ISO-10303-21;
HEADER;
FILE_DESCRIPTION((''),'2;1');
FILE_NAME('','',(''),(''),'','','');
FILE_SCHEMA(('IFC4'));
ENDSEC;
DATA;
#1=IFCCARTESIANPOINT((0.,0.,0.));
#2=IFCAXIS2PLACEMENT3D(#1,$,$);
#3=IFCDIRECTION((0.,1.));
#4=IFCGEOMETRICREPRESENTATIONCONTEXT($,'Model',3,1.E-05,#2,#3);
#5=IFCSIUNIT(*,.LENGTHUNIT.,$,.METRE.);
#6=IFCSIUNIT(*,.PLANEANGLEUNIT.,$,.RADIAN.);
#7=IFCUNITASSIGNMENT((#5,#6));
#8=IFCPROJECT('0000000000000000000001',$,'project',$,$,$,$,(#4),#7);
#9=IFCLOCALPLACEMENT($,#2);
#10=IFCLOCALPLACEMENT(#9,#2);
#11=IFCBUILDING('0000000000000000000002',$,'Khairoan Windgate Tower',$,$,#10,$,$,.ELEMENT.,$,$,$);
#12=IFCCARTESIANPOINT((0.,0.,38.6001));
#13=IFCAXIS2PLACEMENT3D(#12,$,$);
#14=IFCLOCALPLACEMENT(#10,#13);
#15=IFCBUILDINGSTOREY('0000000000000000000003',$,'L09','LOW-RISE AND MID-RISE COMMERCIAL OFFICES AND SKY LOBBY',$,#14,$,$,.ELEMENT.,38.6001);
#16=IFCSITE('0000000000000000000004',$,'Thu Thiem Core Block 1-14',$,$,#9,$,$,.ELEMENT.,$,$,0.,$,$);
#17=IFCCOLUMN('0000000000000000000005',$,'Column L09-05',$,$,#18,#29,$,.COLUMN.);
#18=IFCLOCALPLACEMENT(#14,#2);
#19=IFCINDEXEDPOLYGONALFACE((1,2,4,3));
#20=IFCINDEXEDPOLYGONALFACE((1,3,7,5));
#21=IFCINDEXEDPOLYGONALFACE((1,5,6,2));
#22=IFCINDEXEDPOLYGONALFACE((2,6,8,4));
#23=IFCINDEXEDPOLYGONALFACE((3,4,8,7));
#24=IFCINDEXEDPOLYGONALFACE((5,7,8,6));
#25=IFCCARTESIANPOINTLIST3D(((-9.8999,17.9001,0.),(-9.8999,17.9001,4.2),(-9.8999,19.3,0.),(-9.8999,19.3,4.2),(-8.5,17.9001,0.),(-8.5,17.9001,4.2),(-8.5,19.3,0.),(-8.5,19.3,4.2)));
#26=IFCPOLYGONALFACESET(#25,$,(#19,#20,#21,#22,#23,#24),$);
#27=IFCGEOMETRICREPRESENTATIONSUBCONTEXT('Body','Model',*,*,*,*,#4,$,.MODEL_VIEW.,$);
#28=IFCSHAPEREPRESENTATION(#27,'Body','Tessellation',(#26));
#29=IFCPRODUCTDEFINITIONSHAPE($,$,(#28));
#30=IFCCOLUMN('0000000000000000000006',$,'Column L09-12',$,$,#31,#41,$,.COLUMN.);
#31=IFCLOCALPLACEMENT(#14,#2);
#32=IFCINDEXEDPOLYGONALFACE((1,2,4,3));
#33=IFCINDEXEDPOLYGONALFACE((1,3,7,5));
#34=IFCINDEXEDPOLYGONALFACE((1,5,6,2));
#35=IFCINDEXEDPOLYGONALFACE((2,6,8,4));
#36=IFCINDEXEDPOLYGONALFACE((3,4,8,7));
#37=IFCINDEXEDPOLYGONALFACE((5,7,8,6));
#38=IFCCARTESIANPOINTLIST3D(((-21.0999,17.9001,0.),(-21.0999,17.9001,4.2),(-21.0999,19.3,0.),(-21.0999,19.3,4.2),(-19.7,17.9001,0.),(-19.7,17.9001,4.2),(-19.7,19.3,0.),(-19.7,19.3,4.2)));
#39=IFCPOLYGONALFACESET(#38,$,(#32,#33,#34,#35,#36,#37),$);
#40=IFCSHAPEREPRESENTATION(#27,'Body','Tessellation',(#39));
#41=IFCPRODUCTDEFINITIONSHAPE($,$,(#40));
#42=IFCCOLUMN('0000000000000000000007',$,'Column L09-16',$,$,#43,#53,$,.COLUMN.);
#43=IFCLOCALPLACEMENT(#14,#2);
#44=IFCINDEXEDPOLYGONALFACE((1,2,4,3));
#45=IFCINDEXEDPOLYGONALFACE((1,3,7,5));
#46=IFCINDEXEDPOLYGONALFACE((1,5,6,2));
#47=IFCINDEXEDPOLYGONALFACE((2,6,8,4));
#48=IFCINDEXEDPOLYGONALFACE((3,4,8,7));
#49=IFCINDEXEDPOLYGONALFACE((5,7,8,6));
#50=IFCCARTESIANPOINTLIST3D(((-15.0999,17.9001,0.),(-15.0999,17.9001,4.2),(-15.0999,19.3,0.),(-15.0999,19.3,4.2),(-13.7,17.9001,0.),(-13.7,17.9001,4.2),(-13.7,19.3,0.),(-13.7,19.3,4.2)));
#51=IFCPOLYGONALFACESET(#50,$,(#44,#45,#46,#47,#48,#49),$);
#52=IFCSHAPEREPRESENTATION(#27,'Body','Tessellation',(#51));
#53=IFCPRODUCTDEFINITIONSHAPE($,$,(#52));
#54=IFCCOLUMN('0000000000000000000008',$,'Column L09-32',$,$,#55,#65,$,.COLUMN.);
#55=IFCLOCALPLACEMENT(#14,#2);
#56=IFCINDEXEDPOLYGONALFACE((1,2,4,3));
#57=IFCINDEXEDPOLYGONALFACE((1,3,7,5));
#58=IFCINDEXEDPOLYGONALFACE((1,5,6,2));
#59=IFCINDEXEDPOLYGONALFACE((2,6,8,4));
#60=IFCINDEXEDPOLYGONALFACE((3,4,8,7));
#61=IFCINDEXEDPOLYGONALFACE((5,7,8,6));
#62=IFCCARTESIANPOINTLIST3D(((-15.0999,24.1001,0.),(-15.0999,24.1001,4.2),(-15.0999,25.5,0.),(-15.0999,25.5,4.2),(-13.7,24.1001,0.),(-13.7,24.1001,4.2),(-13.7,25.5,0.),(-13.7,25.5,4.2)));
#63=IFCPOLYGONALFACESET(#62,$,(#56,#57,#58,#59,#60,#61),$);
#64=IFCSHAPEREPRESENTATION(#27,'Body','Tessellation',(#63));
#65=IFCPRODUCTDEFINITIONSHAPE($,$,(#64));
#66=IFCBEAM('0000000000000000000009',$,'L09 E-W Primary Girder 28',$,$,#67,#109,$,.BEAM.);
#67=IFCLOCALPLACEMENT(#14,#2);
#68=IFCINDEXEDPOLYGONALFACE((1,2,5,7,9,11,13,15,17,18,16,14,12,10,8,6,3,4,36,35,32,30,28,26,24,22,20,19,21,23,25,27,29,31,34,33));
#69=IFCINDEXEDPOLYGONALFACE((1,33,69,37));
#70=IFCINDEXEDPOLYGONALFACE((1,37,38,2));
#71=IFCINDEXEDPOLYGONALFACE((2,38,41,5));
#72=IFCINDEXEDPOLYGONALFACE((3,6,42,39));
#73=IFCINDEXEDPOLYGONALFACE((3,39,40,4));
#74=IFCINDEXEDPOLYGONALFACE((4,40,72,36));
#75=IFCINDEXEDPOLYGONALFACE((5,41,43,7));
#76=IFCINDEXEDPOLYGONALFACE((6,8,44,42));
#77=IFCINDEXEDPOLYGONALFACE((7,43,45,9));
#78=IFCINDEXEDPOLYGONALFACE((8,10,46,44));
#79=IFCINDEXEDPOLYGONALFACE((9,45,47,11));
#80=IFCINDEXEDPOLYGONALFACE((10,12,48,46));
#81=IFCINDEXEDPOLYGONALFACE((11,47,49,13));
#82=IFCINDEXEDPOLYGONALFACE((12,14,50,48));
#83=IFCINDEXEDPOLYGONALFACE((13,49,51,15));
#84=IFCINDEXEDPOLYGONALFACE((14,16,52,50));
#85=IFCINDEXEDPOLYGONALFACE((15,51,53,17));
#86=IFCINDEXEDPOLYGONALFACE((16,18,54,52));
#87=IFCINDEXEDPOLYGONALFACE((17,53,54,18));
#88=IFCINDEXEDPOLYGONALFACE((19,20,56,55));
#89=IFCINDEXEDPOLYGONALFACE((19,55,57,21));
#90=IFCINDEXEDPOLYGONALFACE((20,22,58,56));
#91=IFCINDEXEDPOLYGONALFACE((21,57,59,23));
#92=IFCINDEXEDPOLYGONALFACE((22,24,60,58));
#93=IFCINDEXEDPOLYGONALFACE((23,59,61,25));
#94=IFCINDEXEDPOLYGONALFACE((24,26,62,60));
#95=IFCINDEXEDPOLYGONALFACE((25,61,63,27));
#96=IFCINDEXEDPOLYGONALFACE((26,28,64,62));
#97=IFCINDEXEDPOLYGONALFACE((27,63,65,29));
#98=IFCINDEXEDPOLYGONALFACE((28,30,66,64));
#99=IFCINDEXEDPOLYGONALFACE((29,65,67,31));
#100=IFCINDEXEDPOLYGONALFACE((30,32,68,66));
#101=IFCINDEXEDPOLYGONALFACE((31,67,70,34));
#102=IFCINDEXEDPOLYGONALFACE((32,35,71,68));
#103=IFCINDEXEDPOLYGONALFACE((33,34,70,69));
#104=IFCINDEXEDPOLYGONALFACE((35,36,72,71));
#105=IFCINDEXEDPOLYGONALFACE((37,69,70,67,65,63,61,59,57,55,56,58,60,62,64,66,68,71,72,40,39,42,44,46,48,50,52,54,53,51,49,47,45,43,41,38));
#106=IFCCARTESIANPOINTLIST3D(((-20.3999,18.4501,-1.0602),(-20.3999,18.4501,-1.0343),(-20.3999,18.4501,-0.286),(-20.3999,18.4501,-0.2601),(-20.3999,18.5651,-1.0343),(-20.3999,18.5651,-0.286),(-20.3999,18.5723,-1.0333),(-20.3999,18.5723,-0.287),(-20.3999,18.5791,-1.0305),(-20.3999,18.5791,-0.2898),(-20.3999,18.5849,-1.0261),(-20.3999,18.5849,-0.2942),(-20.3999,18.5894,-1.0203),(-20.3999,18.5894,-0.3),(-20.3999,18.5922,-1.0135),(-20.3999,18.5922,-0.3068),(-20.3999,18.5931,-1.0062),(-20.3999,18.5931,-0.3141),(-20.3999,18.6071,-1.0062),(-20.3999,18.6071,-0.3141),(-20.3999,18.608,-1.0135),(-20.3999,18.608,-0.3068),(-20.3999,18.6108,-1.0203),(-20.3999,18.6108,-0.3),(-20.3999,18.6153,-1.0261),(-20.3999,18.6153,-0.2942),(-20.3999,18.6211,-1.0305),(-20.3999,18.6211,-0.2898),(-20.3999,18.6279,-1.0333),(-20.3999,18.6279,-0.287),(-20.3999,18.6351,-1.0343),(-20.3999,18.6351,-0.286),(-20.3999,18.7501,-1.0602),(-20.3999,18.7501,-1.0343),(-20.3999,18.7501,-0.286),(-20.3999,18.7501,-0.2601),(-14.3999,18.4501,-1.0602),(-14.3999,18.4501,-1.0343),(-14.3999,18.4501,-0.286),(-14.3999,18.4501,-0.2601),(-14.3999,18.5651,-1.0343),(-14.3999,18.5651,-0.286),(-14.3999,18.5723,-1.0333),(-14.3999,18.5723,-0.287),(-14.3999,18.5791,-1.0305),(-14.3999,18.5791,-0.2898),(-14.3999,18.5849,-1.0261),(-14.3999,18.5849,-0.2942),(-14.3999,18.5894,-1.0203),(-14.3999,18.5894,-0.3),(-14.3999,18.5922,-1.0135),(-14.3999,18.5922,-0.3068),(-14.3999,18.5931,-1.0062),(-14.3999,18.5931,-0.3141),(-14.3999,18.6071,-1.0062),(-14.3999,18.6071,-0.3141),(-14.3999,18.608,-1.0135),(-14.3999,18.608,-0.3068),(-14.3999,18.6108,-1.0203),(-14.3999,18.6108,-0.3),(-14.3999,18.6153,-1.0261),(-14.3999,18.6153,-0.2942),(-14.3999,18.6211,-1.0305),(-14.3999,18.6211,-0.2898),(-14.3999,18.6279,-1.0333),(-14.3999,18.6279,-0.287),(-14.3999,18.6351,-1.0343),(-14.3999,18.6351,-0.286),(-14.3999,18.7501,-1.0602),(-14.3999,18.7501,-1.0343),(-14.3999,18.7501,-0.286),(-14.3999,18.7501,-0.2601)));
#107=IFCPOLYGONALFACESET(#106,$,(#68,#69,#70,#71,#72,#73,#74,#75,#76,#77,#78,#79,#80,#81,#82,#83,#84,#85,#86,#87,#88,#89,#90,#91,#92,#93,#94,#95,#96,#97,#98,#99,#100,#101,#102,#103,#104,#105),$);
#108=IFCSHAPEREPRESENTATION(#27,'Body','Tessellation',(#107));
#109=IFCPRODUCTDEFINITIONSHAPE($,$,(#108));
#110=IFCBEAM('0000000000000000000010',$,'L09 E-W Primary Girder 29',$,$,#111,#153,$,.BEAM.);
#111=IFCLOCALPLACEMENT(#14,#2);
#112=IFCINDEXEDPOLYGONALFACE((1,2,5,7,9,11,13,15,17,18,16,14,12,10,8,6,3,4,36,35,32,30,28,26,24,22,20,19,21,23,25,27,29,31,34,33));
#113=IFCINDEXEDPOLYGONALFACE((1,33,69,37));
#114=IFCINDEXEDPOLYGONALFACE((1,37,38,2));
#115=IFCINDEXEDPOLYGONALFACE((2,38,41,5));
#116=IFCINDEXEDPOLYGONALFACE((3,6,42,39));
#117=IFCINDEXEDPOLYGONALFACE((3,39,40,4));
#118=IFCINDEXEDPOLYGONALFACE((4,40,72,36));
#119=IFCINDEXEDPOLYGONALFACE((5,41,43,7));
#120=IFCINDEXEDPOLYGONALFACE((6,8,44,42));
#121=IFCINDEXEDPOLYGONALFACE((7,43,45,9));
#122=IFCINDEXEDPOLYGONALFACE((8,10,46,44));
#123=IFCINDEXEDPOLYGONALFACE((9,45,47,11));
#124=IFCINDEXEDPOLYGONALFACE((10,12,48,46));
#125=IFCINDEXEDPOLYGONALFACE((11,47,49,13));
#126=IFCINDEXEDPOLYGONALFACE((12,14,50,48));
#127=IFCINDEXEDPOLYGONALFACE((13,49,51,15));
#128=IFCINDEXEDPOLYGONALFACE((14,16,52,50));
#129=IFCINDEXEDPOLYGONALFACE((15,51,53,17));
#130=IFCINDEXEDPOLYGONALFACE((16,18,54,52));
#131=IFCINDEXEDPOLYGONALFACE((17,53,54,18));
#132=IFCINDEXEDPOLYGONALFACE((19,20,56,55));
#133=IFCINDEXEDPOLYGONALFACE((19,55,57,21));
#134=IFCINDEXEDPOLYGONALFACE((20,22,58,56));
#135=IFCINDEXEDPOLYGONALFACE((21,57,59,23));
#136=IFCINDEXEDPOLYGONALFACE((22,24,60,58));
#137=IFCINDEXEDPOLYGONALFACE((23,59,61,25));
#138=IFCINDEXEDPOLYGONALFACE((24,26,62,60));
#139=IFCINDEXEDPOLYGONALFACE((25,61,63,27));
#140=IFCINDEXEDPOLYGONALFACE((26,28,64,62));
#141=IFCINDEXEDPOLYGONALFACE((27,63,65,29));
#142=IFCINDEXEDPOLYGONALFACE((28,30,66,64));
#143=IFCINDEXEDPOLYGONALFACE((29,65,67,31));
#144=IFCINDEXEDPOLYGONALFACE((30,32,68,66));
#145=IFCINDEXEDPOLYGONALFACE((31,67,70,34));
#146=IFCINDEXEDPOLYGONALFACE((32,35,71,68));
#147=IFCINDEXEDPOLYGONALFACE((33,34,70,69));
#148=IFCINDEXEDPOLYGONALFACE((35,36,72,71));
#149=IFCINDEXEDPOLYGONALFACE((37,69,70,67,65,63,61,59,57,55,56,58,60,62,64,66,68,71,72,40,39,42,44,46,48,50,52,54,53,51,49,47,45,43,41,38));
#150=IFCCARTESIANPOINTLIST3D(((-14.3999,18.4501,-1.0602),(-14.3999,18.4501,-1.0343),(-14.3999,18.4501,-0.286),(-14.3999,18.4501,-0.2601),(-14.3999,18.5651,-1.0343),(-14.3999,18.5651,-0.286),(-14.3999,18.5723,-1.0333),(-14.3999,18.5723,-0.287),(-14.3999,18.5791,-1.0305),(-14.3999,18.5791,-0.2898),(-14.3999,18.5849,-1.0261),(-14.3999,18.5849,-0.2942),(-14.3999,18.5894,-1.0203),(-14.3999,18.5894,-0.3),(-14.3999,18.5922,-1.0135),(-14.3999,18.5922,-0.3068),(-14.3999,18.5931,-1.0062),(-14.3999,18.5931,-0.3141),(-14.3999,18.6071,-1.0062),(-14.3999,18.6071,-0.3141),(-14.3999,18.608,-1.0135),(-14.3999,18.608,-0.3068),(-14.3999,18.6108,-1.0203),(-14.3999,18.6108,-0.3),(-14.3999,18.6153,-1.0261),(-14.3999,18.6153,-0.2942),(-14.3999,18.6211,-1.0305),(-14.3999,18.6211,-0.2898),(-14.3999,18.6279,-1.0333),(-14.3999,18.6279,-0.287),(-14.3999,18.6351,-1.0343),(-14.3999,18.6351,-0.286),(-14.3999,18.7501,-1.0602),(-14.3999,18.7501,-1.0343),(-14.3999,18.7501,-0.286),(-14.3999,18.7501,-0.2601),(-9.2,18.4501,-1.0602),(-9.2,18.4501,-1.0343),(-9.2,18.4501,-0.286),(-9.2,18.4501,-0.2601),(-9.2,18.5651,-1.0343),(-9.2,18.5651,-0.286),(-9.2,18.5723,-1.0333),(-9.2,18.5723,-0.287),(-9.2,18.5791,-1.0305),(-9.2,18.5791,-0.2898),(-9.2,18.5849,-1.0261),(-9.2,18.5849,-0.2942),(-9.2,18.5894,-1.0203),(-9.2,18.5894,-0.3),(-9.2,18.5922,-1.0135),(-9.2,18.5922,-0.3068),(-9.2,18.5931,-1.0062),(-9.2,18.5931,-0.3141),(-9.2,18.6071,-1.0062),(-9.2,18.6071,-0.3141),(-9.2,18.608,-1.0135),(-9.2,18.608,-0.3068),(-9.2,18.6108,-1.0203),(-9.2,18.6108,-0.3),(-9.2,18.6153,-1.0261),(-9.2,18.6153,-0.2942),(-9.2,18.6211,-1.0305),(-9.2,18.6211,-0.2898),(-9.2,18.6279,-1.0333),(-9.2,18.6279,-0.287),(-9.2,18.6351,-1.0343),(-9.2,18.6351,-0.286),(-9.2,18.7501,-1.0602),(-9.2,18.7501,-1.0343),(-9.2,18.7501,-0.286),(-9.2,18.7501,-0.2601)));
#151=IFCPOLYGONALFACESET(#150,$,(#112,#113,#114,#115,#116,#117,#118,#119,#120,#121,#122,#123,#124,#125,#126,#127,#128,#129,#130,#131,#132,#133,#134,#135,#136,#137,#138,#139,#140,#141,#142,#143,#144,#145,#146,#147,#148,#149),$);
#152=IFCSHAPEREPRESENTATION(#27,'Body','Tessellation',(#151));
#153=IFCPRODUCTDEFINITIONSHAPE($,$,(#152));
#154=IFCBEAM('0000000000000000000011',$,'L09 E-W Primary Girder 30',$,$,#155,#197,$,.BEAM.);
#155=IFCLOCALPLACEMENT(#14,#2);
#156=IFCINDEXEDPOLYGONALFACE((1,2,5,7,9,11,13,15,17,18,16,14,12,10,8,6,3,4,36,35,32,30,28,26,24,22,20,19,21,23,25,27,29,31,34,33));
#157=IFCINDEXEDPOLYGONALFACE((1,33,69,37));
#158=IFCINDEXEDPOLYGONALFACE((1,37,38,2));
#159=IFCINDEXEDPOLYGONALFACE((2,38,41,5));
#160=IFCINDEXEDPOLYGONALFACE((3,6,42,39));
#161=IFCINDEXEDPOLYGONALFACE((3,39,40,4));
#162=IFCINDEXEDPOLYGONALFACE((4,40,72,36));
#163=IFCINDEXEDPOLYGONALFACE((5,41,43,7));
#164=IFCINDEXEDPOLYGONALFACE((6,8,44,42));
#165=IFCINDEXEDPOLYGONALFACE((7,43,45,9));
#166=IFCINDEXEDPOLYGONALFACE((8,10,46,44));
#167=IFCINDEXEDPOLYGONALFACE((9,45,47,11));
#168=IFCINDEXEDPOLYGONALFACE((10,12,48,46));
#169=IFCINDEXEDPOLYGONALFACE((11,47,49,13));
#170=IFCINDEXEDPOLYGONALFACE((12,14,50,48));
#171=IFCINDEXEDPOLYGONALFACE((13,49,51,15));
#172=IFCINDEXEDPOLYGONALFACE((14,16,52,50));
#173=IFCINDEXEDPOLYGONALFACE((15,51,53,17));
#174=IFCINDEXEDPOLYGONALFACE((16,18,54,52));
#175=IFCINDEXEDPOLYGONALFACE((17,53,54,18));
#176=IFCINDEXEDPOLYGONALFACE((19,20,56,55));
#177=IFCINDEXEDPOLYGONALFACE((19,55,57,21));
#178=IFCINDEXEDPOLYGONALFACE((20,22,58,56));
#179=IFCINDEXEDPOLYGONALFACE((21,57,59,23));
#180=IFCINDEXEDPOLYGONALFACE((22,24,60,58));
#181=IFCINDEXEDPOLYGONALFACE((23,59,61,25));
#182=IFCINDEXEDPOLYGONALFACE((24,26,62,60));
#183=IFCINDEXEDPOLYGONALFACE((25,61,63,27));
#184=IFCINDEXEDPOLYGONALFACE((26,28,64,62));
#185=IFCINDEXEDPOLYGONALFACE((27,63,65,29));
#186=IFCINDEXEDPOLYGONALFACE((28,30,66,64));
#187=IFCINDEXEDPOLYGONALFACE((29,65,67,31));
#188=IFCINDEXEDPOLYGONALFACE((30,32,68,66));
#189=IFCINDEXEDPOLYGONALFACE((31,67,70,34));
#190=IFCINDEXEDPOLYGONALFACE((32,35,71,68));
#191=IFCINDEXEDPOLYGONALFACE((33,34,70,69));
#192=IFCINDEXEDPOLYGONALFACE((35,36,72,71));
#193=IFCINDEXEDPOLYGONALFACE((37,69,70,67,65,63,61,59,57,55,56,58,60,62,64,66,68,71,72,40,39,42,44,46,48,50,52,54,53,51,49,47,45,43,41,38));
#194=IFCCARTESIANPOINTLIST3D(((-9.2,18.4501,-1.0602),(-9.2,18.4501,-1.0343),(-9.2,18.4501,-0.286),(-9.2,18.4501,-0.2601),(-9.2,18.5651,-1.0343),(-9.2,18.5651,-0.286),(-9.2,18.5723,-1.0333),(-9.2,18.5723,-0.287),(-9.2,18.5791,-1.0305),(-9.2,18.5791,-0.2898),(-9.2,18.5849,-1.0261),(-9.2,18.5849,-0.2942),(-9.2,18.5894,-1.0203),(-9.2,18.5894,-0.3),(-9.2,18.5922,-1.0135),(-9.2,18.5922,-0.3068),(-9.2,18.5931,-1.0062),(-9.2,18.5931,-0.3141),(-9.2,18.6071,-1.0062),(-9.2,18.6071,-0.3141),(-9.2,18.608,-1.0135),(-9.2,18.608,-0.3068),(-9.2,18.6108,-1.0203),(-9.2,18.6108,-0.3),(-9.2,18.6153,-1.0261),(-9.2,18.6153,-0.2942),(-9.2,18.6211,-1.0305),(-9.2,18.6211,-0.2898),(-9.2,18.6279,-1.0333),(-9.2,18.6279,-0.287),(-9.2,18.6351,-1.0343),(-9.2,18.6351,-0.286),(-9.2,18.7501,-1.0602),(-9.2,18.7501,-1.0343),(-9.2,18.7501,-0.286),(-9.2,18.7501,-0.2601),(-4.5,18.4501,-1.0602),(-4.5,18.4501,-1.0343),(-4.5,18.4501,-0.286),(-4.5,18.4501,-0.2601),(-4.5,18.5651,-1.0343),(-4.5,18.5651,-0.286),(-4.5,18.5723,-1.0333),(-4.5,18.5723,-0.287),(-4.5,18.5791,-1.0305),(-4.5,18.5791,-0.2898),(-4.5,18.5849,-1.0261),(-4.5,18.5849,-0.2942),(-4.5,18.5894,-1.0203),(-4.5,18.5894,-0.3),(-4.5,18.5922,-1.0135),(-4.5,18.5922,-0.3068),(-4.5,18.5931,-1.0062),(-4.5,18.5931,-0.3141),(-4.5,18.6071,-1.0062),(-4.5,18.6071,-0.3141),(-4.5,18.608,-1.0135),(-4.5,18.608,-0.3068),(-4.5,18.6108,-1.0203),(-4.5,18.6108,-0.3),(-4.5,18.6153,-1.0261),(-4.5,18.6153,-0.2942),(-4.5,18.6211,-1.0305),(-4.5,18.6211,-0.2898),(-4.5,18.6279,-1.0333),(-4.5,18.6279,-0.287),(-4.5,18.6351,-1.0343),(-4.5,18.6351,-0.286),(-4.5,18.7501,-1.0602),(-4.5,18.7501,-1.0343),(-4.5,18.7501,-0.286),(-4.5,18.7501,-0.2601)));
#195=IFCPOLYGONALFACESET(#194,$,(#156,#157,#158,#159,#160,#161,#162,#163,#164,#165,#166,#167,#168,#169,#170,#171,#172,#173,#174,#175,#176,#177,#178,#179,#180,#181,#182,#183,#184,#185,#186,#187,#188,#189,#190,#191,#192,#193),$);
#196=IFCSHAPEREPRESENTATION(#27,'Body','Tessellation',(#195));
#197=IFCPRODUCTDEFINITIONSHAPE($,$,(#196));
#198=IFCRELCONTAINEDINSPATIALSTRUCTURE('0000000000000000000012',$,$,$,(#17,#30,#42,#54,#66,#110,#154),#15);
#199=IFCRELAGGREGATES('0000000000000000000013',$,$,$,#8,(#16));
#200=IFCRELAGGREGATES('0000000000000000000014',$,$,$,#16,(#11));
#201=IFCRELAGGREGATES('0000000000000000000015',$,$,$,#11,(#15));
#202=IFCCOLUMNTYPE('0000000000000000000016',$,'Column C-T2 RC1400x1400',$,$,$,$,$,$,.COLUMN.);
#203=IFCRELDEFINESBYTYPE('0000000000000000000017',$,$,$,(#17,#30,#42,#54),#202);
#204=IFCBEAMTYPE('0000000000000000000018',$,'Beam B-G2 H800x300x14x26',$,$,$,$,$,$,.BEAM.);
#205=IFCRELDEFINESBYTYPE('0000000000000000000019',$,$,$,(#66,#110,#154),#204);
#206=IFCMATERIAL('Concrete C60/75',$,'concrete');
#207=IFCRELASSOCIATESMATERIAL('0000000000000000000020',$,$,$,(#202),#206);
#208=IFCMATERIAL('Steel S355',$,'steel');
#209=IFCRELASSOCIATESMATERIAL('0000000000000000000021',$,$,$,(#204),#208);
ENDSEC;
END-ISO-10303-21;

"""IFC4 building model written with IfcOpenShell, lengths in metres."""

from ifc_helpers import new_model, si_unit, direction, frame, origin, origin_2d, place, context, subcontext, project, spatial, rectangle, i_section, extrude, material, material_profile, profile_set, type_object, element, save


model = new_model("IFC4")

# Units and contexts
model_context = context("Model", 3, precision=1e-05, world=origin(), true_north=direction((0.0, 1.0)))
body_context = subcontext(model_context, "Body", "Model", "MODEL_VIEW")
ifc_project = project(units=[si_unit("LENGTHUNIT", "METRE"), si_unit("PLANEANGLEUNIT", "RADIAN")], contexts=[model_context])

# Site, building, storey
site_placement = place(None, origin())
site = spatial("IfcSite", under=ifc_project, at=site_placement, Name="Thu Thiem Core Block 1-14", CompositionType="ELEMENT", RefElevation=0.0)
building_placement = place(site_placement, origin())
building = spatial("IfcBuilding", under=site, at=building_placement, Name="Khairoan Windgate Tower", CompositionType="ELEMENT")
storey_placement = place(building_placement, frame((0.0, 0.0, 38.6001)))
storey = spatial("IfcBuildingStorey", under=building, at=storey_placement, Name="L09", Description="LOW-RISE AND MID-RISE COMMERCIAL OFFICES AND SKY LOBBY", CompositionType="ELEMENT", Elevation=38.6001)

# Columns
ifc_material_1 = material(Name="Concrete C60/75", Category="concrete")
ifc_material_profile_1 = material_profile(ifc_material_1, rectangle(XDim=1.3999, YDim=1.3999, at=origin_2d()))
ifc_profile_set_1 = profile_set([ifc_material_profile_1], Name="Concrete C60/75")
column_type = type_object("IfcColumnType", Name="Column C-T2 RC1400x1400", PredefinedType="COLUMN", material=ifc_profile_set_1)
for number, where, z_axis, x_axis, name in (
    (1, (-9.2, 18.6001, 0.0), (0.0, 0.0, 1.0), (1.0, 0.0, 0.0), "Column L09-05"),
    (2, (-20.3999, 18.6001, 0.0), (0.0, 0.0, 1.0), (1.0, 0.0, 0.0), "Column L09-12"),
    (3, (-14.3999, 18.6001, 0.0), (0.0, 0.0, 1.0), (1.0, 0.0, 0.0), "Column L09-16"),
    (4, (-14.3999, 24.8, 0.0), (0.0, 0.0, 1.0), (1.0, 0.0, 0.0), "Column L09-32"),
):
    element("IfcColumn", number, at=place(storey_placement, frame(where, z_axis=z_axis, x_axis=x_axis)), inside=storey, type_object=column_type, Name=name, PredefinedType="COLUMN", context=body_context, shape_type="SweptSolid", body=[
        extrude(rectangle(XDim=1.3999, YDim=1.3999, at=origin_2d()), origin(), (0.0, 0.0, 1.0), 4.2),
    ])

# Beams
ifc_material_2 = material(Name="Steel S355", Category="steel")
ifc_material_profile_2 = material_profile(ifc_material_2, i_section(OverallWidth=0.3, OverallDepth=0.8, WebThickness=0.0139, FlangeThickness=0.0259, FilletRadius=0.0281, at=origin_2d()))
ifc_profile_set_2 = profile_set([ifc_material_profile_2], Name="Steel S355")
beam_type = type_object("IfcBeamType", Name="Beam B-G2 H800x300x14x26", PredefinedType="BEAM", material=ifc_profile_set_2)
beam_1_placement = place(storey_placement, frame((-20.3999, 18.6001, -0.6602), z_axis=(1.0, 0.0, 0.0), x_axis=(0.0, 1.0, 0.0)))
element("IfcBeam", 5, at=beam_1_placement, inside=storey, type_object=beam_type, Name="L09 E-W Primary Girder 28", PredefinedType="BEAM", context=body_context, shape_type="SweptSolid", body=[
    extrude(i_section(OverallWidth=0.3, OverallDepth=0.8, WebThickness=0.0139, FlangeThickness=0.0259, FilletRadius=0.0281, at=origin_2d()), origin(), (0.0, 0.0, 1.0), 6.0),
])
beam_2_placement = place(storey_placement, frame((-14.3999, 18.6001, -0.6602), z_axis=(1.0, 0.0, 0.0), x_axis=(0.0, 1.0, 0.0)))
element("IfcBeam", 6, at=beam_2_placement, inside=storey, type_object=beam_type, Name="L09 E-W Primary Girder 29", PredefinedType="BEAM", context=body_context, shape_type="SweptSolid", body=[
    extrude(i_section(OverallWidth=0.3, OverallDepth=0.8, WebThickness=0.0139, FlangeThickness=0.0259, FilletRadius=0.0281, at=origin_2d()), origin(), (0.0, 0.0, 1.0), 5.2),
])
beam_3_placement = place(storey_placement, frame((-9.2, 18.6001, -0.6602), z_axis=(1.0, 0.0, 0.0), x_axis=(0.0, 1.0, 0.0)))
element("IfcBeam", 7, at=beam_3_placement, inside=storey, type_object=beam_type, Name="L09 E-W Primary Girder 30", PredefinedType="BEAM", context=body_context, shape_type="SweptSolid", body=[
    extrude(i_section(OverallWidth=0.3, OverallDepth=0.8, WebThickness=0.0139, FlangeThickness=0.0259, FilletRadius=0.0281, at=origin_2d()), origin(), (0.0, 0.0, 1.0), 4.7),
])

save(model, "model.ifc")
